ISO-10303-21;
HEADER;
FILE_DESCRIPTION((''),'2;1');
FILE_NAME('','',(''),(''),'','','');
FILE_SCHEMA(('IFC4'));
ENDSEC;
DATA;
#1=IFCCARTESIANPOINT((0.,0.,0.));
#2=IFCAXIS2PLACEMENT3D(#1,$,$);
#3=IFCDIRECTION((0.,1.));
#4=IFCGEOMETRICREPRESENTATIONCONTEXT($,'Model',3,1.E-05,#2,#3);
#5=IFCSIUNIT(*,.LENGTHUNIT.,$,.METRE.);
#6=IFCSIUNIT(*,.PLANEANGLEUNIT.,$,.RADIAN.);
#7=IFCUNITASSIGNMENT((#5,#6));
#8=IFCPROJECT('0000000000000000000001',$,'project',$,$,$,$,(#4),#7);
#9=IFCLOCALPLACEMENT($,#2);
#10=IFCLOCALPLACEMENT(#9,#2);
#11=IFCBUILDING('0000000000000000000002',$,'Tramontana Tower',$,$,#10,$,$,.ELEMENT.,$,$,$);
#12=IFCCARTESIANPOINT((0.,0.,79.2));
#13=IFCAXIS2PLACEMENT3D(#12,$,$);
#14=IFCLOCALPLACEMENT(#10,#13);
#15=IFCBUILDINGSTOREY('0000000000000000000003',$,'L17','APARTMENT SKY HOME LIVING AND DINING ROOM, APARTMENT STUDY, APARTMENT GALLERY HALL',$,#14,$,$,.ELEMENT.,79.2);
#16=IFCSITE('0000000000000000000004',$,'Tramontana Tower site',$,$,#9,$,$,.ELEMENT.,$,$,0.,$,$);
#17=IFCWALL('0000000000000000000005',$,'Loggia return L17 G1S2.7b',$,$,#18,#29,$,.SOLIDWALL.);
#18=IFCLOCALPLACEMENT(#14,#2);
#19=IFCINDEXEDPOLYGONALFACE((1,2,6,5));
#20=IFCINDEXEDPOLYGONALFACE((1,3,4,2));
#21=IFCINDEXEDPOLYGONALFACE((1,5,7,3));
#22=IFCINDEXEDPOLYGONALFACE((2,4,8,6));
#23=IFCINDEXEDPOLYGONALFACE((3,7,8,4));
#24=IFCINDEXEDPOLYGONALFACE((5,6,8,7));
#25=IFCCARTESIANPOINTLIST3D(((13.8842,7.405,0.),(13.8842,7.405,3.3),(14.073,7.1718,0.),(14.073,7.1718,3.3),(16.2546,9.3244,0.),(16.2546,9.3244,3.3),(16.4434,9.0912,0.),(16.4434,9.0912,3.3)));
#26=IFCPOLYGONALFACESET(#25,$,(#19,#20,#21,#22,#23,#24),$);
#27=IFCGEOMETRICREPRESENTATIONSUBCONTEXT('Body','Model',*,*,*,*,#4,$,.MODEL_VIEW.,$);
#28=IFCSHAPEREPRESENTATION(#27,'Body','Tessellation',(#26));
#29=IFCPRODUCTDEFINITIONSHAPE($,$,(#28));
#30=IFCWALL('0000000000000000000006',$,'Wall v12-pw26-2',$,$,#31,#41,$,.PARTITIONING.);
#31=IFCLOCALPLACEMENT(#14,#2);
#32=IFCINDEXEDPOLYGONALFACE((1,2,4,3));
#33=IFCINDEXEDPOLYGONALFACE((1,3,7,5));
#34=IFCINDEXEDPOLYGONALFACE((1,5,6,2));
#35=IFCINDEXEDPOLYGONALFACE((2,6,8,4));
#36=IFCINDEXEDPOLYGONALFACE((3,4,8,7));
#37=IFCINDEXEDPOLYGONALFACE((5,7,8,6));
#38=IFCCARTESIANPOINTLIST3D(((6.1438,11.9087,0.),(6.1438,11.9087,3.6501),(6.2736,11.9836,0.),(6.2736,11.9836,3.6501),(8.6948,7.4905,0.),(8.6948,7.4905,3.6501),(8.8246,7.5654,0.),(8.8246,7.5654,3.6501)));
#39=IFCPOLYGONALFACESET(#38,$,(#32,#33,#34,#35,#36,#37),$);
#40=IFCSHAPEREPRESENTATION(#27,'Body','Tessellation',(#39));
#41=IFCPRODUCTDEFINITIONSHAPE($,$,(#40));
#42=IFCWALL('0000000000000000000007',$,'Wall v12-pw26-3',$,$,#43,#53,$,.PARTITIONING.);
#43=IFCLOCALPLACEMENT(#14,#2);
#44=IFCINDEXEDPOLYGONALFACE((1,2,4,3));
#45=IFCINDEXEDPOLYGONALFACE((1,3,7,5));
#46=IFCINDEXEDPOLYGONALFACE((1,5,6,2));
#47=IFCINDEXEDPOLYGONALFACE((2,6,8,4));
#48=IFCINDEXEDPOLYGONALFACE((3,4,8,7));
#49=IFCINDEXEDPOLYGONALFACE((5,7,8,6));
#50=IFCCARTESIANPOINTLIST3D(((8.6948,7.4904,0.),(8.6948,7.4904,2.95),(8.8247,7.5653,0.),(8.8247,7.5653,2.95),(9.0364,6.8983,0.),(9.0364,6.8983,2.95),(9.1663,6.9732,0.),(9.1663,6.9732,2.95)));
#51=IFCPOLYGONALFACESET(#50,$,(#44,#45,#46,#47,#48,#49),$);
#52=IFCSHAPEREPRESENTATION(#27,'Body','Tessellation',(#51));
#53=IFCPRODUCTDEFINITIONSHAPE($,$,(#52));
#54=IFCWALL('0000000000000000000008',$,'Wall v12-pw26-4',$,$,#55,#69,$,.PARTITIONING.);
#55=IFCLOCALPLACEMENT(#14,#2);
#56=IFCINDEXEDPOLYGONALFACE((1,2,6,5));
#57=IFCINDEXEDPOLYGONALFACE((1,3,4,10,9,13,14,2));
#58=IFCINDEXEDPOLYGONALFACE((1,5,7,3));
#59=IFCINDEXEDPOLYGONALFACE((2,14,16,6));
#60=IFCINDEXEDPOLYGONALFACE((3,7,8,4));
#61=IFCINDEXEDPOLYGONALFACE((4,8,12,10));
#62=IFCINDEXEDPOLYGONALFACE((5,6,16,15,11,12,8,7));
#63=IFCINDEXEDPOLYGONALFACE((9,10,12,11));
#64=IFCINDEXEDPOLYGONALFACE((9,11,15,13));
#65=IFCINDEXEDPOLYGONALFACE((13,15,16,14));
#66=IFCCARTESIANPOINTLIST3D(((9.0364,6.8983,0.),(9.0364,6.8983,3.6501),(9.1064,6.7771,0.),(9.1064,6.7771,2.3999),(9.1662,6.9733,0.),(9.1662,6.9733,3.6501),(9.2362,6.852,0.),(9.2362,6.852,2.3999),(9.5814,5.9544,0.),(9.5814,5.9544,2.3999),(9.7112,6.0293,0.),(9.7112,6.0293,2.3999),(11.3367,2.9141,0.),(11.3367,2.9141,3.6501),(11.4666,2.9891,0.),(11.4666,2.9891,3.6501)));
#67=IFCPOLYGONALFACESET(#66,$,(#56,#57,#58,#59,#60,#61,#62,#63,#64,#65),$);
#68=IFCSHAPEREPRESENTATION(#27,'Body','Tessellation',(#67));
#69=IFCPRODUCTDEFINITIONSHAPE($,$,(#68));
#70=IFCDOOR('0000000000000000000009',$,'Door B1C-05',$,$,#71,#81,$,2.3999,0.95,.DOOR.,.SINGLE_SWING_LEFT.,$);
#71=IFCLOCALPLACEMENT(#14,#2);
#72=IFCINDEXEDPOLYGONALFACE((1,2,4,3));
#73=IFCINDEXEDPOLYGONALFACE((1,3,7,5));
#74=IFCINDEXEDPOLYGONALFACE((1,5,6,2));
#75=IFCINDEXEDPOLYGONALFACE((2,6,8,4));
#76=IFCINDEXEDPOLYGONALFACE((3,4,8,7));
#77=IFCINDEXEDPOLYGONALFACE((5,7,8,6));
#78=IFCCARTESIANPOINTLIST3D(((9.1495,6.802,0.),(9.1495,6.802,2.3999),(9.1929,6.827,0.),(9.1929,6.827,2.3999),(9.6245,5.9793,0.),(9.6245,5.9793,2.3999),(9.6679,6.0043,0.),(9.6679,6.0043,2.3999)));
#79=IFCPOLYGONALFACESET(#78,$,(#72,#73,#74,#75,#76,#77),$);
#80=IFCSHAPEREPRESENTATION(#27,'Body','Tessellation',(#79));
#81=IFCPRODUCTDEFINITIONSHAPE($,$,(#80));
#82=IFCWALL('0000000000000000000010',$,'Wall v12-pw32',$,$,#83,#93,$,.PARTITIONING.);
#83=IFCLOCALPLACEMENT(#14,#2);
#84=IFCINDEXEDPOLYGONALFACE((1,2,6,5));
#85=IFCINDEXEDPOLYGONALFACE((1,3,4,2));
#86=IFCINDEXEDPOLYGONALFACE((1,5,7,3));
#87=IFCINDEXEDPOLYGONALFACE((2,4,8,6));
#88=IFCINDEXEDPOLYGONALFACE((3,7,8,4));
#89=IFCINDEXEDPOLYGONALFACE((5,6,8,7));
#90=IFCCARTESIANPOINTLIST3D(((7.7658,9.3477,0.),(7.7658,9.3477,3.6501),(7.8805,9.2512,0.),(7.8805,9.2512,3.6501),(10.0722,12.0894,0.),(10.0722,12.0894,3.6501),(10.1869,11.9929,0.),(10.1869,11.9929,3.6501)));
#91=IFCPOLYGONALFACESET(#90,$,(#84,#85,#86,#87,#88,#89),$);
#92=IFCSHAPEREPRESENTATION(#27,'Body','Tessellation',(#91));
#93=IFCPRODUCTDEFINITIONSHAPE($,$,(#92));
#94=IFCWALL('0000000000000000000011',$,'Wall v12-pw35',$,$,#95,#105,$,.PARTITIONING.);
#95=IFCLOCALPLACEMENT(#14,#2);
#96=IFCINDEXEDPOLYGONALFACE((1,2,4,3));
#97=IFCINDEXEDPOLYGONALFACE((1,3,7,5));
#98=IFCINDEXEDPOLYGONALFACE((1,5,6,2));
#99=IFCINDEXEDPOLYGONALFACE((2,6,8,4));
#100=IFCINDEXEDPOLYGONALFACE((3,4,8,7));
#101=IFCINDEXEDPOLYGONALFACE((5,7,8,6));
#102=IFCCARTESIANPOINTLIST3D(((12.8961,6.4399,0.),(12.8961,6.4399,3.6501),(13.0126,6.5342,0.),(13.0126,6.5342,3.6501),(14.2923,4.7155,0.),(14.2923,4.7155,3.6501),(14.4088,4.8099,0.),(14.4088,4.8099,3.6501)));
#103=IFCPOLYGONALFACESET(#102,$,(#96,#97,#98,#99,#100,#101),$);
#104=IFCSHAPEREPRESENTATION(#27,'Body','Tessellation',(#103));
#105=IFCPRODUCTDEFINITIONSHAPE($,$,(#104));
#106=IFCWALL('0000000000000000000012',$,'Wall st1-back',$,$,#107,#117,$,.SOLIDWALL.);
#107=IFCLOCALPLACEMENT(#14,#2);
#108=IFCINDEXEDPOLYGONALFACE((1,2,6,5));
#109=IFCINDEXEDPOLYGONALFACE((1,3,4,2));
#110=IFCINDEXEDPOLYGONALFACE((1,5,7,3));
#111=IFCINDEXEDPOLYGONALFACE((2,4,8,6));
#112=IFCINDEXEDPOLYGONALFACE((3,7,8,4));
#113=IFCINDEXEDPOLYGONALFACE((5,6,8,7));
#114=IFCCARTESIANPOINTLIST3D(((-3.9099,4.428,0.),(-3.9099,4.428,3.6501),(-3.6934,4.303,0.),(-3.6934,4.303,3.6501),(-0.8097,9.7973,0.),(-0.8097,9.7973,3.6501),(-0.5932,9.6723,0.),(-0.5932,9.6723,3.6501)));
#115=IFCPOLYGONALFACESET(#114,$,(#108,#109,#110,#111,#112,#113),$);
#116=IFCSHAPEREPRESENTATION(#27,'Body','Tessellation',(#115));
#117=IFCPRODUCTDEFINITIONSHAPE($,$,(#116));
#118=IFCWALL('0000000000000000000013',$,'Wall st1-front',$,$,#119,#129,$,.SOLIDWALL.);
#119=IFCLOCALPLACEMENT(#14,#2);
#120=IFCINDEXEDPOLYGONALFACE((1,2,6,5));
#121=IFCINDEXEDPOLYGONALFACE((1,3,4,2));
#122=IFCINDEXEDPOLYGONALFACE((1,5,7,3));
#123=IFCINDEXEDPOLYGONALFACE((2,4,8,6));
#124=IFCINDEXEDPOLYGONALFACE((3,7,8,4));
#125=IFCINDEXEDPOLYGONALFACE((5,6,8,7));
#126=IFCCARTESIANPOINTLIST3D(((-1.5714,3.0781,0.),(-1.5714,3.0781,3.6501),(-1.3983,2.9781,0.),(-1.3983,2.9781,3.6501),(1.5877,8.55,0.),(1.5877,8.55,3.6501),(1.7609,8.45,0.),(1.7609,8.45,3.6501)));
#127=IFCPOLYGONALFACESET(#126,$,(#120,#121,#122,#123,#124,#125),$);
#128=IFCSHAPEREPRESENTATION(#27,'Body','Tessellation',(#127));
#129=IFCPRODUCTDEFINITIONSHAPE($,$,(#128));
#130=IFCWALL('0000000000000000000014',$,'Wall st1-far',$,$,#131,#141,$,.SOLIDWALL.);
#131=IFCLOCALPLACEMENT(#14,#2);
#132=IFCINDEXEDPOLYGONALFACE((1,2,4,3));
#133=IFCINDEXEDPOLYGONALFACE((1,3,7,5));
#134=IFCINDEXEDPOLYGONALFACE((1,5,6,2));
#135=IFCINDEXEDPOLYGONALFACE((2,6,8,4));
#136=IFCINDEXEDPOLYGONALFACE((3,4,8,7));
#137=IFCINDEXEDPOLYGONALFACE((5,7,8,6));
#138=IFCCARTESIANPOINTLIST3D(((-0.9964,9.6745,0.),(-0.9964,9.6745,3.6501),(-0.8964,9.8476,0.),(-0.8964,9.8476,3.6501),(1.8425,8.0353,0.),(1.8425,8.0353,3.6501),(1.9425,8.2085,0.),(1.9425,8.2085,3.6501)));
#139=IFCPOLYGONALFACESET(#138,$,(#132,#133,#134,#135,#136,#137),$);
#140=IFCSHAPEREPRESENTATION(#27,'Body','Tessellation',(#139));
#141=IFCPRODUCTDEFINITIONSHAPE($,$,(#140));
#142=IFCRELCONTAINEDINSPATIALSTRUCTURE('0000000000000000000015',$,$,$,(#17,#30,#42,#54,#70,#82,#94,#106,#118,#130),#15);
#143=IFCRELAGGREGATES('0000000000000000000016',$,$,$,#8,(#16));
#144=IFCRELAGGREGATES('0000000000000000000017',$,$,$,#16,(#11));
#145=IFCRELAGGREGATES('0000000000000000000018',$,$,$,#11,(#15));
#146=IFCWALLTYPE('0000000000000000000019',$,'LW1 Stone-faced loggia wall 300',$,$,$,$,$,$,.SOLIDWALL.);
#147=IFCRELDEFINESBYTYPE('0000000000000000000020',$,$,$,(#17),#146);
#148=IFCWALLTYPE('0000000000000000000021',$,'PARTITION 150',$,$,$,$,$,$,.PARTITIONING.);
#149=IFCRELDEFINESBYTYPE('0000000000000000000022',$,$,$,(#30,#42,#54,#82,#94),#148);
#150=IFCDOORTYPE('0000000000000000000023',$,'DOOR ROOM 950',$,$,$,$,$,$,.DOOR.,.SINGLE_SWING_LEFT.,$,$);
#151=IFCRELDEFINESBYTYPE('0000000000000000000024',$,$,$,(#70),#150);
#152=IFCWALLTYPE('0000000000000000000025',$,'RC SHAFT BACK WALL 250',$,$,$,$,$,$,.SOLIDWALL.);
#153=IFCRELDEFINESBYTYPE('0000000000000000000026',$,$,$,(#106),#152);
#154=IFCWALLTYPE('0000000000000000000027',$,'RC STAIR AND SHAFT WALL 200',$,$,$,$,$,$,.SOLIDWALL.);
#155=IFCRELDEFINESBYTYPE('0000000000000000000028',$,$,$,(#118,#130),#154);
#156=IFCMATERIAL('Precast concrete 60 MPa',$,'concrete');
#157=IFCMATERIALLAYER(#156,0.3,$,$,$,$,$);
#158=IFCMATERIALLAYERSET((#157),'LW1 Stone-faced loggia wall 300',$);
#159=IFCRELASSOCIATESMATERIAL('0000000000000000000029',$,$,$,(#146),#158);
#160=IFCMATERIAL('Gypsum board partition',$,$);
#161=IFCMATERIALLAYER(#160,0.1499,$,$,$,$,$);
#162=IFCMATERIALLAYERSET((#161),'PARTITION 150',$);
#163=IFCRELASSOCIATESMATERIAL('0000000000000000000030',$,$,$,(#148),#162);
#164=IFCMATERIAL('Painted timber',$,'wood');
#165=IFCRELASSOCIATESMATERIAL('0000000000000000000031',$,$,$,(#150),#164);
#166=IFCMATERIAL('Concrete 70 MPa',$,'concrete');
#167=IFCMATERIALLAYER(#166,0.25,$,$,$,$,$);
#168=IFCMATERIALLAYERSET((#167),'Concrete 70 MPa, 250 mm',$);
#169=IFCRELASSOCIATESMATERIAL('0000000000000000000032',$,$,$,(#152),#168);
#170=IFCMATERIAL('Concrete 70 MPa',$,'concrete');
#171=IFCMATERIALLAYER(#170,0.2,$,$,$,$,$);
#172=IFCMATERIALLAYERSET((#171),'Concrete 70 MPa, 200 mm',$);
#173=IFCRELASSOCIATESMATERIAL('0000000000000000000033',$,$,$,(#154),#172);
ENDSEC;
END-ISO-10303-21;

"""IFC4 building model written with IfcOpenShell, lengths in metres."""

from ifc_helpers import new_model, si_unit, direction, frame, frame_2d, origin, place, context, subcontext, project, spatial, rectangle, extrude, material, layer, layer_set, type_object, element, fill, save


model = new_model("IFC4")

# Units and contexts
model_context = context("Model", 3, precision=1e-05, world=origin(), true_north=direction((0.0, 1.0)))
body_context = subcontext(model_context, "Body", "Model", "MODEL_VIEW")
ifc_project = project(units=[si_unit("LENGTHUNIT", "METRE"), si_unit("PLANEANGLEUNIT", "RADIAN")], contexts=[model_context])

# Site, building, storey
site_placement = place(None, origin())
site = spatial("IfcSite", under=ifc_project, at=site_placement, Name="Tramontana Tower site", CompositionType="ELEMENT", RefElevation=0.0)
building_placement = place(site_placement, origin())
building = spatial("IfcBuilding", under=site, at=building_placement, Name="Tramontana Tower", CompositionType="ELEMENT")
storey_placement = place(building_placement, frame((0.0, 0.0, 79.2)))
storey = spatial("IfcBuildingStorey", under=building, at=storey_placement, Name="L17", Description="APARTMENT SKY HOME LIVING AND DINING ROOM, APARTMENT STUDY, APARTMENT GALLERY HALL", CompositionType="ELEMENT", Elevation=79.2)

# Wall
ifc_material_1 = material(Name="Precast concrete 60 MPa", Category="concrete")
ifc_layer_1 = layer(ifc_material_1, 0.3)
ifc_layer_set_1 = layer_set([ifc_layer_1], Name="LW1 Stone-faced loggia wall 300")
wall_type_1 = type_object("IfcWallType", Name="LW1 Stone-faced loggia wall 300", PredefinedType="SOLIDWALL", material=ifc_layer_set_1)
for number, where, z_axis, x_axis, name in (
    (1, (16.3489, 9.2078, 0.0), (0.0, 0.0, 1.0), (-0.777154, -0.629311, 0.0), "Loggia return L17 G1S2.7b"),
):
    element("IfcWall", number, at=place(storey_placement, frame(where, z_axis=z_axis, x_axis=x_axis)), inside=storey, type_object=wall_type_1, Name=name, PredefinedType="SOLIDWALL", context=body_context, shape_type="SweptSolid", body=[
        extrude(rectangle(XDim=3.05, YDim=0.3, at=frame_2d((1.5249, 0.0))), origin(), (0.0, 0.0, 1.0), 3.3),
    ])

# Shared definitions
ifc_material_2 = material(Name="Gypsum board partition")
ifc_layer_2 = layer(ifc_material_2, 0.1499)
ifc_layer_set_2 = layer_set([ifc_layer_2], Name="PARTITION 150")
wall_type_2 = type_object("IfcWallType", Name="PARTITION 150", PredefinedType="PARTITIONING", material=ifc_layer_set_2)
ifc_material_3 = material(Name="Painted timber", Category="wood")
door_type_1 = type_object("IfcDoorType", Name="DOOR ROOM 950", OperationType="SINGLE_SWING_LEFT", PredefinedType="DOOR", material=ifc_material_3)

# Walls
wall_1_placement = place(storey_placement, frame((6.2087, 11.946, 0.0), z_axis=(0.0, 0.0, 1.0), x_axis=(0.500025, -0.866011, 0.0)))
element("IfcWall", 2, at=wall_1_placement, inside=storey, type_object=wall_type_2, Name="Wall v12-pw26-2", PredefinedType="PARTITIONING", context=body_context, shape_type="SweptSolid", body=[
    extrude(rectangle(XDim=5.1018, YDim=0.1499, at=frame_2d((2.5508, 0.0))), origin(), (0.0, 0.0, 1.0), 3.6501),
])
wall_2_placement = place(storey_placement, frame((8.7598, 7.5278, 0.0), z_axis=(0.0, 0.0, 1.0), x_axis=(0.499712, -0.866192, 0.0)))
element("IfcWall", 3, at=wall_2_placement, inside=storey, type_object=wall_type_2, Name="Wall v12-pw26-3", PredefinedType="PARTITIONING", context=body_context, shape_type="SweptSolid", body=[
    extrude(rectangle(XDim=0.6836, YDim=0.1499, at=frame_2d((0.3418, 0.0))), origin(), (0.0, 0.0, 1.0), 2.95),
])

# Wall, opening, door
wall_3_placement = place(storey_placement, frame((9.1013, 6.9358, 0.0), z_axis=(0.0, 0.0, 1.0), x_axis=(0.500009, -0.86602, 0.0)))
wall_3 = element("IfcWall", 4, at=wall_3_placement, inside=storey, type_object=wall_type_2, Name="Wall v12-pw26-4", PredefinedType="PARTITIONING", context=body_context, shape_type="SweptSolid", body=[
    extrude(rectangle(XDim=4.6006, YDim=0.1499, at=frame_2d((2.3003, 0.0))), origin(), (0.0, 0.0, 1.0), 3.6501),
])
opening_1_placement = place(wall_3_placement, frame((0.1399, 0.0, 0.0)))
opening_1 = element("IfcOpeningElement", 5, at=opening_1_placement, cuts=wall_3, PredefinedType="OPENING", context=body_context, shape_type="SweptSolid", body=[
    extrude(rectangle(XDim=0.95, YDim=2.3999, at=frame_2d((0.4751, 1.2))), frame((0.0, 0.085, 0.0), z_axis=(0.0, -1.0, 0.0), x_axis=(1.0, 0.0, 0.0)), (0.0, 0.0, 1.0), 0.1699),
])
door_1_placement = place(opening_1_placement, origin())
door_1 = element("IfcDoor", 6, at=door_1_placement, inside=storey, type_object=door_type_1, Name="Door B1C-05", OperationType="SINGLE_SWING_LEFT", OverallHeight=2.3999, OverallWidth=0.95, PredefinedType="DOOR", context=body_context, shape_type="SweptSolid", body=[
    extrude(rectangle(XDim=0.95, YDim=2.3999, at=frame_2d((0.4751, 1.2))), frame((0.0, 0.0249, 0.0), z_axis=(0.0, -1.0, 0.0), x_axis=(1.0, 0.0, 0.0)), (0.0, 0.0, 1.0), 0.05),
])
fill(opening_1, door_1)

# Wall
wall_4_placement = place(storey_placement, frame((10.1296, 12.0413, 0.0), z_axis=(0.0, 0.0, 1.0), x_axis=(-0.643743, -0.765242, 0.0)))
element("IfcWall", 7, at=wall_4_placement, inside=storey, type_object=wall_type_2, Name="Wall v12-pw32", PredefinedType="PARTITIONING", context=body_context, shape_type="SweptSolid", body=[
    extrude(rectangle(XDim=3.5828, YDim=0.1499, at=frame_2d((1.7915, 0.0))), origin(), (0.0, 0.0, 1.0), 3.6501),
])

# Walls
wall_5_placement = place(storey_placement, frame((12.9543, 6.4871, 0.0), z_axis=(0.0, 0.0, 1.0), x_axis=(0.629287, -0.777173, 0.0)))
element("IfcWall", 8, at=wall_5_placement, inside=storey, type_object=wall_type_2, Name="Wall v12-pw35", PredefinedType="PARTITIONING", context=body_context, shape_type="SweptSolid", body=[
    extrude(rectangle(XDim=2.2188, YDim=0.1499, at=frame_2d((1.1094, 0.0))), origin(), (0.0, 0.0, 1.0), 3.6501),
])
ifc_material_4 = material(Name="Concrete 70 MPa", Category="concrete")
ifc_layer_3 = layer(ifc_material_4, 0.25)
ifc_layer_set_3 = layer_set([ifc_layer_3], Name="Concrete 70 MPa, 250 mm")
wall_type_3 = type_object("IfcWallType", Name="RC SHAFT BACK WALL 250", PredefinedType="SOLIDWALL", material=ifc_layer_set_3)
wall_6_placement = place(storey_placement, frame((-0.7014, 9.7349, 0.0), z_axis=(0.0, 0.0, 1.0), x_axis=(-0.500027, -0.86601, 0.0)))
element("IfcWall", 9, at=wall_6_placement, inside=storey, type_object=wall_type_3, Name="Wall st1-back", PredefinedType="SOLIDWALL", context=body_context, shape_type="SweptSolid", body=[
    extrude(rectangle(XDim=6.2, YDim=0.25, at=frame_2d((3.1001, 0.0))), origin(), (0.0, 0.0, 1.0), 3.6501),
])
ifc_material_5 = material(Name="Concrete 70 MPa", Category="concrete")
ifc_layer_4 = layer(ifc_material_5, 0.2)
ifc_layer_set_4 = layer_set([ifc_layer_4], Name="Concrete 70 MPa, 200 mm")
wall_type_4 = type_object("IfcWallType", Name="RC STAIR AND SHAFT WALL 200", PredefinedType="SOLIDWALL", material=ifc_layer_set_4)
wall_7_placement = place(storey_placement, frame((1.6743, 8.5, 0.0), z_axis=(0.0, 0.0, 1.0), x_axis=(-0.499996, -0.866028, 0.0)))
element("IfcWall", 10, at=wall_7_placement, inside=storey, type_object=wall_type_4, Name="Wall st1-front", PredefinedType="SOLIDWALL", context=body_context, shape_type="SweptSolid", body=[
    extrude(rectangle(XDim=6.3184, YDim=0.2, at=frame_2d((3.1592, 0.0))), origin(), (0.0, 0.0, 1.0), 3.6501),
])
wall_8_placement = place(storey_placement, frame((1.8926, 8.1218, 0.0), z_axis=(0.0, 0.0, 1.0), x_axis=(-0.866007, 0.500032, 0.0)))
element("IfcWall", 11, at=wall_8_placement, inside=storey, type_object=wall_type_4, Name="Wall st1-far", PredefinedType="SOLIDWALL", context=body_context, shape_type="SweptSolid", body=[
    extrude(rectangle(XDim=3.2781, YDim=0.2, at=frame_2d((1.6392, 0.0))), origin(), (0.0, 0.0, 1.0), 3.6501),
])

save(model, "model.ifc")
